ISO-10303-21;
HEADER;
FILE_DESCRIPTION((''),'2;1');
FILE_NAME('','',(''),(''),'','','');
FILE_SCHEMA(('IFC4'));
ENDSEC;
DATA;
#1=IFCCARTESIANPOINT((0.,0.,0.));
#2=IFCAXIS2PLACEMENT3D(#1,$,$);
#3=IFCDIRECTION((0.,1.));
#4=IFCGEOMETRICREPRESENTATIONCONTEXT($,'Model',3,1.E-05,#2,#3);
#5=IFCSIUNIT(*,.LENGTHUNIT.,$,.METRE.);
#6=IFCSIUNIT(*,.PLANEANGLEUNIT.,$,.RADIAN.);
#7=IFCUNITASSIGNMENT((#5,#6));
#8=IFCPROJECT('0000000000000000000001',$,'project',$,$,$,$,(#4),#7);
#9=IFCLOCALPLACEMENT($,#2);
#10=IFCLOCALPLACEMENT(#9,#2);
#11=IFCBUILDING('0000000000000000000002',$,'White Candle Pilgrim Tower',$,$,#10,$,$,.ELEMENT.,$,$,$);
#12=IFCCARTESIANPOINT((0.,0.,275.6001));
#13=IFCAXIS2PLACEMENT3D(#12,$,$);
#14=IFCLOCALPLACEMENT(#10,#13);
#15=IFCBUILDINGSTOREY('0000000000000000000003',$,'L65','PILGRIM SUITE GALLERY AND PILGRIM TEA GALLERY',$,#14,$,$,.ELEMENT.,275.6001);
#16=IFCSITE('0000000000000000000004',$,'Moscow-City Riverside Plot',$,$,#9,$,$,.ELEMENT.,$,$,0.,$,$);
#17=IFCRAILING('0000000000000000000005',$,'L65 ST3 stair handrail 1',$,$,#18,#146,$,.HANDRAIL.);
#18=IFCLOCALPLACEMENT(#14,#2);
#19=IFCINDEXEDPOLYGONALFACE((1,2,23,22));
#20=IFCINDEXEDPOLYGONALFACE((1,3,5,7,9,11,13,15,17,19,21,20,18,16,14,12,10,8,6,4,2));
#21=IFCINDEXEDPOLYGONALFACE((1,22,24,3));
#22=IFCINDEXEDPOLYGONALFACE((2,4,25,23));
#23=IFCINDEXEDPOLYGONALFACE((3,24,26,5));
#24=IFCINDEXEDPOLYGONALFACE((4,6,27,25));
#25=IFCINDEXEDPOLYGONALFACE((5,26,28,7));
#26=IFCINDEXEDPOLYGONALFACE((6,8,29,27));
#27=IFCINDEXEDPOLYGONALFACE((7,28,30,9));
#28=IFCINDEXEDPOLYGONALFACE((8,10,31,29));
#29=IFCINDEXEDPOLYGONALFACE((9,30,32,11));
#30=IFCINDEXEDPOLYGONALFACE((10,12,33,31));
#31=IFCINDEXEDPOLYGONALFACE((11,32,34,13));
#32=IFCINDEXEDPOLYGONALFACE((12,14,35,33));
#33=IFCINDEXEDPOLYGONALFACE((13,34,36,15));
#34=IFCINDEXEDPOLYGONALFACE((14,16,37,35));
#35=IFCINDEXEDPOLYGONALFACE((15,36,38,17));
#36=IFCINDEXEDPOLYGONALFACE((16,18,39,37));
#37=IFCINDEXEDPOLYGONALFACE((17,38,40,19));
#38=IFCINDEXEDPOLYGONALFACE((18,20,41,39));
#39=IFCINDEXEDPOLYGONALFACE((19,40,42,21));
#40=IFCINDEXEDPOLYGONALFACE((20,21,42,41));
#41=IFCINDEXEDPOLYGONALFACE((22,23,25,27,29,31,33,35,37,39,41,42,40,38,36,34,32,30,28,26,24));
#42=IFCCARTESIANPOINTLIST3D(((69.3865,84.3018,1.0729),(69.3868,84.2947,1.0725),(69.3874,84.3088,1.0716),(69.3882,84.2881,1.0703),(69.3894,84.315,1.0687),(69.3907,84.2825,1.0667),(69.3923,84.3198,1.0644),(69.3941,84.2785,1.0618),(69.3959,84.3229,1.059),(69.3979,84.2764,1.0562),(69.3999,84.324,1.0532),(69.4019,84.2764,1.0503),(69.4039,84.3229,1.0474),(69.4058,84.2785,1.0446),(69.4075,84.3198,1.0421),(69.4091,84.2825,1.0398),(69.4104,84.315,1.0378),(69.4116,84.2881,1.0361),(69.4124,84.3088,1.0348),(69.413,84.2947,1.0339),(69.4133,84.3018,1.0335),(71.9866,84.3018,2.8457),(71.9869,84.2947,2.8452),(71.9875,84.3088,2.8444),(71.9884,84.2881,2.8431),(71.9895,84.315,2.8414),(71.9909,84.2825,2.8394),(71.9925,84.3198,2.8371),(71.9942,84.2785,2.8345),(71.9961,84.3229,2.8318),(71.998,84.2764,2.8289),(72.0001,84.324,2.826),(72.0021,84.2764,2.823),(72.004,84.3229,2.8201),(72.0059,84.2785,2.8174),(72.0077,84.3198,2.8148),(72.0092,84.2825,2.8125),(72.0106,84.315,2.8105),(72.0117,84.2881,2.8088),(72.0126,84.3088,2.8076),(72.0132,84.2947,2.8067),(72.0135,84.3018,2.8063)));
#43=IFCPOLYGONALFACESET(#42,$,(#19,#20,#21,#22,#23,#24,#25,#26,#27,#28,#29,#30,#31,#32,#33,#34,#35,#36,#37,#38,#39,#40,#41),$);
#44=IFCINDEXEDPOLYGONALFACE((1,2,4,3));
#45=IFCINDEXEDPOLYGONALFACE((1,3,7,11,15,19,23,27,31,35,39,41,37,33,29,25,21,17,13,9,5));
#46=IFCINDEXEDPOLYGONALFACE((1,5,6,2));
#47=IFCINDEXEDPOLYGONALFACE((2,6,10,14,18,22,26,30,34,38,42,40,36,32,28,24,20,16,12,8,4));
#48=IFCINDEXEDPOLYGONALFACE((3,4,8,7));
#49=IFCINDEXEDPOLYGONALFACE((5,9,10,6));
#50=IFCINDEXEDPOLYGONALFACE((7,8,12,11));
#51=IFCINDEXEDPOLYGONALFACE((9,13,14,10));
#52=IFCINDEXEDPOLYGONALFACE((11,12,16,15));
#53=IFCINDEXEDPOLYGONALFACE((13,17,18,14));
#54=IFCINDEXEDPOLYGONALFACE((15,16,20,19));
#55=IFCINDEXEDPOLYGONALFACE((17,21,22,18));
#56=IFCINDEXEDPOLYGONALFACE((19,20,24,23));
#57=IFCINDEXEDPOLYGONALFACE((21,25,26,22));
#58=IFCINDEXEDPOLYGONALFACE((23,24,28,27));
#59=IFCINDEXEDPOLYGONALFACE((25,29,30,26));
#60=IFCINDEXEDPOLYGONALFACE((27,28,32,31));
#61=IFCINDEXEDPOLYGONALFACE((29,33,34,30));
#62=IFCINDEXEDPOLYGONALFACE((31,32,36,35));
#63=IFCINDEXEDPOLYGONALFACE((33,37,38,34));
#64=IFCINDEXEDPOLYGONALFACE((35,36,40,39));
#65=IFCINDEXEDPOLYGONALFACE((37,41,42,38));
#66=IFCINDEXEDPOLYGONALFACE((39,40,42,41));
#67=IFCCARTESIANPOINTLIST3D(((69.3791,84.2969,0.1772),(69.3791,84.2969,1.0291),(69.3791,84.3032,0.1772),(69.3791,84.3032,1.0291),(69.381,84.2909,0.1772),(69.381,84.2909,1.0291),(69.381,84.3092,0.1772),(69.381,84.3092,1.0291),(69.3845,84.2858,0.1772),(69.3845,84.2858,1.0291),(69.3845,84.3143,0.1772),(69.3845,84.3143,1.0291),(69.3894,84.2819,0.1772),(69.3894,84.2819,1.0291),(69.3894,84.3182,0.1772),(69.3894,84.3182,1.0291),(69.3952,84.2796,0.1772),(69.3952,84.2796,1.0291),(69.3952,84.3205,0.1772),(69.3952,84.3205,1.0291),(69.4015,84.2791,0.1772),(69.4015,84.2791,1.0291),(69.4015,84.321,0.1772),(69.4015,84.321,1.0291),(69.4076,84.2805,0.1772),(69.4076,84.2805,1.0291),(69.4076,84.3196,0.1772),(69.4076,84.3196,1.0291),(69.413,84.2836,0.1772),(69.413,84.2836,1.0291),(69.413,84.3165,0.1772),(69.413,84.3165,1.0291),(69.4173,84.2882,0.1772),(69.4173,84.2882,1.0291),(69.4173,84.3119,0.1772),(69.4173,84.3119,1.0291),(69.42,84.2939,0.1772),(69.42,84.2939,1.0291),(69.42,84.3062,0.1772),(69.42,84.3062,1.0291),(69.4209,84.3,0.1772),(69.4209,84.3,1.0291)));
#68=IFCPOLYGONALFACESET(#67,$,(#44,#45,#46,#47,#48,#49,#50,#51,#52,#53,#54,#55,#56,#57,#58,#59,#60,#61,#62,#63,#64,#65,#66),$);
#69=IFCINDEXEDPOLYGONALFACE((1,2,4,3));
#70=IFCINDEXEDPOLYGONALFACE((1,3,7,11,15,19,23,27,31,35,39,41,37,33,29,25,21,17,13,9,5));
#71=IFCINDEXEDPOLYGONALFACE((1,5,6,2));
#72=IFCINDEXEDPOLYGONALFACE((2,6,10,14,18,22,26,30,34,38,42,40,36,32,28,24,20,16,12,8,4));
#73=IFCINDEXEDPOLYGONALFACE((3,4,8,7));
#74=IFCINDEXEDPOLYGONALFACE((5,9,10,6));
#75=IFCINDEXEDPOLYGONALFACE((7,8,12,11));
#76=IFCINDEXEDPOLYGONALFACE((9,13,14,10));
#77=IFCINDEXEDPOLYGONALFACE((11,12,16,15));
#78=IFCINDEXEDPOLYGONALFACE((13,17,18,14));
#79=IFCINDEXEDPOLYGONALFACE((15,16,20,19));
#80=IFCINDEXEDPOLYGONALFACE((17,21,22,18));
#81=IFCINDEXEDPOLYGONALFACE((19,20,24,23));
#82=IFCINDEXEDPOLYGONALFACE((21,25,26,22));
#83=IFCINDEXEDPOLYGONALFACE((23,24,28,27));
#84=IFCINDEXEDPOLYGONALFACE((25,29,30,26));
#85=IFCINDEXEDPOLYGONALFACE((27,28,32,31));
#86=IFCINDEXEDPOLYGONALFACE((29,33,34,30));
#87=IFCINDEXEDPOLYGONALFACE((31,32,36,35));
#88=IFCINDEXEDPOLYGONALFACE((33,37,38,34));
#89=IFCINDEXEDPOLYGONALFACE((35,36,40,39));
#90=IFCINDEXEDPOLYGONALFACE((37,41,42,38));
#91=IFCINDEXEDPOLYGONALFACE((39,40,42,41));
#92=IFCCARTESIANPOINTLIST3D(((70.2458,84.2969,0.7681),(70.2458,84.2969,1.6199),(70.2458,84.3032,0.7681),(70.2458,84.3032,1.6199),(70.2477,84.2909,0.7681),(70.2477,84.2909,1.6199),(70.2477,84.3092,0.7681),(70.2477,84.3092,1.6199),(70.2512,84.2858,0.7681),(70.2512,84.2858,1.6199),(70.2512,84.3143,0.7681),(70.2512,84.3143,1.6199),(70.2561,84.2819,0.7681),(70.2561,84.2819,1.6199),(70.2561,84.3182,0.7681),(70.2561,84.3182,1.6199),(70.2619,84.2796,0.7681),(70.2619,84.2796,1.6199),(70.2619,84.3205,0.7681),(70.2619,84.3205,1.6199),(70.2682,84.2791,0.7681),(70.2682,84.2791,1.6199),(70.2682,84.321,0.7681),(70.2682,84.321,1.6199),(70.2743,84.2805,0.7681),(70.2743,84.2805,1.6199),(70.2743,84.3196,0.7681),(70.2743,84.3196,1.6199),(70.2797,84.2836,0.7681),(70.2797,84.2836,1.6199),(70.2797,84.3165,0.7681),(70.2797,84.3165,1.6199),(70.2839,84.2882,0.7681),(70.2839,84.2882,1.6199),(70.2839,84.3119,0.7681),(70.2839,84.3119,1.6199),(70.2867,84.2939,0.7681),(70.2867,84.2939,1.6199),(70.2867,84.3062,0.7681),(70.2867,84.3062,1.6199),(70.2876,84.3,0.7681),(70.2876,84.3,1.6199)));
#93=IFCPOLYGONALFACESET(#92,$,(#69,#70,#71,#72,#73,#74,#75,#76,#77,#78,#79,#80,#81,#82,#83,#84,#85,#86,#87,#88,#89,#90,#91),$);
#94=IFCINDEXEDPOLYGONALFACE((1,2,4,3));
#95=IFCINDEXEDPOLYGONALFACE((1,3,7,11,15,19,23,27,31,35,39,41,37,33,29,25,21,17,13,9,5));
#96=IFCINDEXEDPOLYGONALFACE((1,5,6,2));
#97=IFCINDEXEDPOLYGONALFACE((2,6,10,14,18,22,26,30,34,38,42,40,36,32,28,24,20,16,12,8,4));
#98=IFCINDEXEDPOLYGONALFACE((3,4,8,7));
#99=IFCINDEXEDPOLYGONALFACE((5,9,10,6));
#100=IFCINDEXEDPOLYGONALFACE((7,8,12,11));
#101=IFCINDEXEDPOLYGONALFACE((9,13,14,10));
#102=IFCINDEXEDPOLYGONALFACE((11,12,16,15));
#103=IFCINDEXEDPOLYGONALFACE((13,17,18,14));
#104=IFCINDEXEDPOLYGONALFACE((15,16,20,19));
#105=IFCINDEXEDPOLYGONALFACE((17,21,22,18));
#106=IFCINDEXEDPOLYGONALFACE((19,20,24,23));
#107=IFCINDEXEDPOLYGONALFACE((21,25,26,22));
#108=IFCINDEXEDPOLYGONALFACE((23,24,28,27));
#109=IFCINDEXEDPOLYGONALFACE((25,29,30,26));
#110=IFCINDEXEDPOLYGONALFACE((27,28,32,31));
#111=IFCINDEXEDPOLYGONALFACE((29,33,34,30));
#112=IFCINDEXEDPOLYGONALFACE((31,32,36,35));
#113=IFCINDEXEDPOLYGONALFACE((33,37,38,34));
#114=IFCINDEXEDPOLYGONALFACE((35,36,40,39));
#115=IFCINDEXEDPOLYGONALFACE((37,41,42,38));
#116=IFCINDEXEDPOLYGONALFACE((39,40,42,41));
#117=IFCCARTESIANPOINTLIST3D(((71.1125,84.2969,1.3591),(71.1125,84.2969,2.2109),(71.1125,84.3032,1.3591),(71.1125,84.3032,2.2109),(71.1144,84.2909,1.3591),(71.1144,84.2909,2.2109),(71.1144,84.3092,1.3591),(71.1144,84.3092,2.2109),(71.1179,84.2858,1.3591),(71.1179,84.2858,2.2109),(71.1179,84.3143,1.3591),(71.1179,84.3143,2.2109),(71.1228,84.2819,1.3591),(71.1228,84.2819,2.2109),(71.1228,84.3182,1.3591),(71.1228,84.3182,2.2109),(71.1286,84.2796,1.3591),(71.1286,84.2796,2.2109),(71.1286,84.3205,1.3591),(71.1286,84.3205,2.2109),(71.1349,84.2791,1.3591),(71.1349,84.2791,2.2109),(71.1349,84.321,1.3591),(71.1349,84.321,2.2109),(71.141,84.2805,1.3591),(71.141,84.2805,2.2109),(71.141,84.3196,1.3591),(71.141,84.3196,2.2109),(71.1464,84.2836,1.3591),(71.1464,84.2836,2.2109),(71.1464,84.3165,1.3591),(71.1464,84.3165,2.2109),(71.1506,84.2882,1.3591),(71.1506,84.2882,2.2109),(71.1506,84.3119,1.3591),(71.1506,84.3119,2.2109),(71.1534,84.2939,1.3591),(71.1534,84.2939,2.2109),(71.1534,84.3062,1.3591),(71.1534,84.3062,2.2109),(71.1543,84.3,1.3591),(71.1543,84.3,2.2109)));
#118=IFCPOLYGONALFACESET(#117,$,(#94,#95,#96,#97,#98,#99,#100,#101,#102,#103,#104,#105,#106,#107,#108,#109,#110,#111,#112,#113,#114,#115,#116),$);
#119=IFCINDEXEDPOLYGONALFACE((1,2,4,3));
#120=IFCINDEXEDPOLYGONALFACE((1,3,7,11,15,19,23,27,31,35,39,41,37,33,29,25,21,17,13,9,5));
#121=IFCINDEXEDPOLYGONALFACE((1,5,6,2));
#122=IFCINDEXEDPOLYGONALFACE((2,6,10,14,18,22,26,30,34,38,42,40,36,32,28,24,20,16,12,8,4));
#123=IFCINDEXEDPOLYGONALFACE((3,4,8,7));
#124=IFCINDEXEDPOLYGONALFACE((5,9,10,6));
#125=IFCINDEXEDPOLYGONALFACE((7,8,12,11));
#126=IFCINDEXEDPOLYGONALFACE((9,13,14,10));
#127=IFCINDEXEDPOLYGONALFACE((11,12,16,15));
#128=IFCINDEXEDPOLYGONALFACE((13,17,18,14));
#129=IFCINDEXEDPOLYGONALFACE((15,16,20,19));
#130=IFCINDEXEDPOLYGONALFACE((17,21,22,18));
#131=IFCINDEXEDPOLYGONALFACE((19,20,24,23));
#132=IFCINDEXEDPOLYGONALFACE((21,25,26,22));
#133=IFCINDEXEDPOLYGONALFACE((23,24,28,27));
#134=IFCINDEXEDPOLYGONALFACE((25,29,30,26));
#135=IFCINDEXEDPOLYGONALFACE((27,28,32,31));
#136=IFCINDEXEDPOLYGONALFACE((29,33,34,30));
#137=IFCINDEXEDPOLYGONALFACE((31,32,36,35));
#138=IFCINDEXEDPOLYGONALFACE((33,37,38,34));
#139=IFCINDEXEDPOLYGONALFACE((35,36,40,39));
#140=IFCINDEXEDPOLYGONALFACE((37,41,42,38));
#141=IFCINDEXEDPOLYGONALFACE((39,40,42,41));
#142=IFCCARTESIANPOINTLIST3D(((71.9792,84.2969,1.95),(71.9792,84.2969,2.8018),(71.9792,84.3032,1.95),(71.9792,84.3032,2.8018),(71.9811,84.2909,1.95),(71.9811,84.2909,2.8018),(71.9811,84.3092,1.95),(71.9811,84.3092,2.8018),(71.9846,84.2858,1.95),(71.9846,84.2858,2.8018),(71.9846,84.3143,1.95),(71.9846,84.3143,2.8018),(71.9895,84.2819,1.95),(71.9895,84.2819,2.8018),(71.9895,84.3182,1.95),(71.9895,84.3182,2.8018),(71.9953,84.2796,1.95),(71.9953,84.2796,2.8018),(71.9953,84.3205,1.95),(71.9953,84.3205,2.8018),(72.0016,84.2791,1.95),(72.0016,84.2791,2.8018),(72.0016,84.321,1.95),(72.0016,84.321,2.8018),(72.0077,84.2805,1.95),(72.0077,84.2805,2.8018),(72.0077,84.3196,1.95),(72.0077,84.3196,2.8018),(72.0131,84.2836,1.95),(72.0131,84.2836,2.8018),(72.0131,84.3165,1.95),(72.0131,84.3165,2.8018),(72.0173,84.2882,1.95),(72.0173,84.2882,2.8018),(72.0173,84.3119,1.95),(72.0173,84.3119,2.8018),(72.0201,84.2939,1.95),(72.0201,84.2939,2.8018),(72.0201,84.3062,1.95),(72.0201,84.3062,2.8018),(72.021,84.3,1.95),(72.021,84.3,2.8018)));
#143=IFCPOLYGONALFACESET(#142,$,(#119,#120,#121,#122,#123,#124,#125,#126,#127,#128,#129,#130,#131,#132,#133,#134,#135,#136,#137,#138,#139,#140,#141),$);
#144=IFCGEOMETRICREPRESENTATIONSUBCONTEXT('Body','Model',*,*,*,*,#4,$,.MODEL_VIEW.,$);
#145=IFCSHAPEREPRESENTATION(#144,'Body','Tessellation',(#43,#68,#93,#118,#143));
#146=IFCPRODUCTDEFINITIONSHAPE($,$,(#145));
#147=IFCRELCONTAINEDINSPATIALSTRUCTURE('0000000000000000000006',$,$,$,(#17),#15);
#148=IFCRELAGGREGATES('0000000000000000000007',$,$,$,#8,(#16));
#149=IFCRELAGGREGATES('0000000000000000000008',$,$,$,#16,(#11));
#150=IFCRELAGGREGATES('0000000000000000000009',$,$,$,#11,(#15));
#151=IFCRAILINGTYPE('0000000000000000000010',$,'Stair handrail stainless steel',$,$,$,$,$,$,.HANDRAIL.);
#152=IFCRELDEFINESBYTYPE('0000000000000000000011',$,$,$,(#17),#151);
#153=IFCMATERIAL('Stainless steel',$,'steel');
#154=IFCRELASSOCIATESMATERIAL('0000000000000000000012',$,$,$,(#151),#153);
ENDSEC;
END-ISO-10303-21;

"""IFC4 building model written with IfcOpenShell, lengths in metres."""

from ifc_helpers import new_model, si_unit, direction, frame, origin, origin_2d, place, context, subcontext, project, spatial, circle, extrude, material, type_object, element, save


model = new_model("IFC4")

# Units and contexts
model_context = context("Model", 3, precision=1e-05, world=origin(), true_north=direction((0.0, 1.0)))
body_context = subcontext(model_context, "Body", "Model", "MODEL_VIEW")
ifc_project = project(units=[si_unit("LENGTHUNIT", "METRE"), si_unit("PLANEANGLEUNIT", "RADIAN")], contexts=[model_context])

# Site, building, storey
site_placement = place(None, origin())
site = spatial("IfcSite", under=ifc_project, at=site_placement, Name="Moscow-City Riverside Plot", CompositionType="ELEMENT", RefElevation=0.0)
building_placement = place(site_placement, origin())
building = spatial("IfcBuilding", under=site, at=building_placement, Name="White Candle Pilgrim Tower", CompositionType="ELEMENT")
storey_placement = place(building_placement, frame((0.0, 0.0, 275.6001)))
storey = spatial("IfcBuildingStorey", under=building, at=storey_placement, Name="L65", Description="PILGRIM SUITE GALLERY AND PILGRIM TEA GALLERY", CompositionType="ELEMENT", Elevation=275.6001)

# Railing
ifc_material_1 = material(Name="Stainless steel", Category="steel")
railing_type_1 = type_object("IfcRailingType", Name="Stair handrail stainless steel", PredefinedType="HANDRAIL", material=ifc_material_1)
railing_1_placement = place(storey_placement, frame((69.3999, 84.3, 0.1772)))
element("IfcRailing", 1, at=railing_1_placement, inside=storey, type_object=railing_type_1, Name="L65 ST3 stair handrail 1", PredefinedType="HANDRAIL", context=body_context, shape_type="SweptSolid", body=[
    extrude(circle(Radius=0.0239, at=origin_2d()), frame((0.0, 0.0, 0.876), z_axis=(0.82624, 0.0, 0.563318), x_axis=(0.0, 1.0, 0.0)), (0.0, 0.0, 1.0), 3.147),
    extrude(circle(Radius=0.021, at=origin_2d()), origin(), (0.0, 0.0, 1.0), 0.8518),
    extrude(circle(Radius=0.021, at=origin_2d()), frame((0.8667, 0.0, 0.5908)), (0.0, 0.0, 1.0), 0.8518),
    extrude(circle(Radius=0.021, at=origin_2d()), frame((1.7334, 0.0, 1.1819)), (0.0, 0.0, 1.0), 0.8518),
    extrude(circle(Radius=0.021, at=origin_2d()), frame((2.6001, 0.0, 1.7727)), (0.0, 0.0, 1.0), 0.8518),
])

save(model, "model.ifc")
